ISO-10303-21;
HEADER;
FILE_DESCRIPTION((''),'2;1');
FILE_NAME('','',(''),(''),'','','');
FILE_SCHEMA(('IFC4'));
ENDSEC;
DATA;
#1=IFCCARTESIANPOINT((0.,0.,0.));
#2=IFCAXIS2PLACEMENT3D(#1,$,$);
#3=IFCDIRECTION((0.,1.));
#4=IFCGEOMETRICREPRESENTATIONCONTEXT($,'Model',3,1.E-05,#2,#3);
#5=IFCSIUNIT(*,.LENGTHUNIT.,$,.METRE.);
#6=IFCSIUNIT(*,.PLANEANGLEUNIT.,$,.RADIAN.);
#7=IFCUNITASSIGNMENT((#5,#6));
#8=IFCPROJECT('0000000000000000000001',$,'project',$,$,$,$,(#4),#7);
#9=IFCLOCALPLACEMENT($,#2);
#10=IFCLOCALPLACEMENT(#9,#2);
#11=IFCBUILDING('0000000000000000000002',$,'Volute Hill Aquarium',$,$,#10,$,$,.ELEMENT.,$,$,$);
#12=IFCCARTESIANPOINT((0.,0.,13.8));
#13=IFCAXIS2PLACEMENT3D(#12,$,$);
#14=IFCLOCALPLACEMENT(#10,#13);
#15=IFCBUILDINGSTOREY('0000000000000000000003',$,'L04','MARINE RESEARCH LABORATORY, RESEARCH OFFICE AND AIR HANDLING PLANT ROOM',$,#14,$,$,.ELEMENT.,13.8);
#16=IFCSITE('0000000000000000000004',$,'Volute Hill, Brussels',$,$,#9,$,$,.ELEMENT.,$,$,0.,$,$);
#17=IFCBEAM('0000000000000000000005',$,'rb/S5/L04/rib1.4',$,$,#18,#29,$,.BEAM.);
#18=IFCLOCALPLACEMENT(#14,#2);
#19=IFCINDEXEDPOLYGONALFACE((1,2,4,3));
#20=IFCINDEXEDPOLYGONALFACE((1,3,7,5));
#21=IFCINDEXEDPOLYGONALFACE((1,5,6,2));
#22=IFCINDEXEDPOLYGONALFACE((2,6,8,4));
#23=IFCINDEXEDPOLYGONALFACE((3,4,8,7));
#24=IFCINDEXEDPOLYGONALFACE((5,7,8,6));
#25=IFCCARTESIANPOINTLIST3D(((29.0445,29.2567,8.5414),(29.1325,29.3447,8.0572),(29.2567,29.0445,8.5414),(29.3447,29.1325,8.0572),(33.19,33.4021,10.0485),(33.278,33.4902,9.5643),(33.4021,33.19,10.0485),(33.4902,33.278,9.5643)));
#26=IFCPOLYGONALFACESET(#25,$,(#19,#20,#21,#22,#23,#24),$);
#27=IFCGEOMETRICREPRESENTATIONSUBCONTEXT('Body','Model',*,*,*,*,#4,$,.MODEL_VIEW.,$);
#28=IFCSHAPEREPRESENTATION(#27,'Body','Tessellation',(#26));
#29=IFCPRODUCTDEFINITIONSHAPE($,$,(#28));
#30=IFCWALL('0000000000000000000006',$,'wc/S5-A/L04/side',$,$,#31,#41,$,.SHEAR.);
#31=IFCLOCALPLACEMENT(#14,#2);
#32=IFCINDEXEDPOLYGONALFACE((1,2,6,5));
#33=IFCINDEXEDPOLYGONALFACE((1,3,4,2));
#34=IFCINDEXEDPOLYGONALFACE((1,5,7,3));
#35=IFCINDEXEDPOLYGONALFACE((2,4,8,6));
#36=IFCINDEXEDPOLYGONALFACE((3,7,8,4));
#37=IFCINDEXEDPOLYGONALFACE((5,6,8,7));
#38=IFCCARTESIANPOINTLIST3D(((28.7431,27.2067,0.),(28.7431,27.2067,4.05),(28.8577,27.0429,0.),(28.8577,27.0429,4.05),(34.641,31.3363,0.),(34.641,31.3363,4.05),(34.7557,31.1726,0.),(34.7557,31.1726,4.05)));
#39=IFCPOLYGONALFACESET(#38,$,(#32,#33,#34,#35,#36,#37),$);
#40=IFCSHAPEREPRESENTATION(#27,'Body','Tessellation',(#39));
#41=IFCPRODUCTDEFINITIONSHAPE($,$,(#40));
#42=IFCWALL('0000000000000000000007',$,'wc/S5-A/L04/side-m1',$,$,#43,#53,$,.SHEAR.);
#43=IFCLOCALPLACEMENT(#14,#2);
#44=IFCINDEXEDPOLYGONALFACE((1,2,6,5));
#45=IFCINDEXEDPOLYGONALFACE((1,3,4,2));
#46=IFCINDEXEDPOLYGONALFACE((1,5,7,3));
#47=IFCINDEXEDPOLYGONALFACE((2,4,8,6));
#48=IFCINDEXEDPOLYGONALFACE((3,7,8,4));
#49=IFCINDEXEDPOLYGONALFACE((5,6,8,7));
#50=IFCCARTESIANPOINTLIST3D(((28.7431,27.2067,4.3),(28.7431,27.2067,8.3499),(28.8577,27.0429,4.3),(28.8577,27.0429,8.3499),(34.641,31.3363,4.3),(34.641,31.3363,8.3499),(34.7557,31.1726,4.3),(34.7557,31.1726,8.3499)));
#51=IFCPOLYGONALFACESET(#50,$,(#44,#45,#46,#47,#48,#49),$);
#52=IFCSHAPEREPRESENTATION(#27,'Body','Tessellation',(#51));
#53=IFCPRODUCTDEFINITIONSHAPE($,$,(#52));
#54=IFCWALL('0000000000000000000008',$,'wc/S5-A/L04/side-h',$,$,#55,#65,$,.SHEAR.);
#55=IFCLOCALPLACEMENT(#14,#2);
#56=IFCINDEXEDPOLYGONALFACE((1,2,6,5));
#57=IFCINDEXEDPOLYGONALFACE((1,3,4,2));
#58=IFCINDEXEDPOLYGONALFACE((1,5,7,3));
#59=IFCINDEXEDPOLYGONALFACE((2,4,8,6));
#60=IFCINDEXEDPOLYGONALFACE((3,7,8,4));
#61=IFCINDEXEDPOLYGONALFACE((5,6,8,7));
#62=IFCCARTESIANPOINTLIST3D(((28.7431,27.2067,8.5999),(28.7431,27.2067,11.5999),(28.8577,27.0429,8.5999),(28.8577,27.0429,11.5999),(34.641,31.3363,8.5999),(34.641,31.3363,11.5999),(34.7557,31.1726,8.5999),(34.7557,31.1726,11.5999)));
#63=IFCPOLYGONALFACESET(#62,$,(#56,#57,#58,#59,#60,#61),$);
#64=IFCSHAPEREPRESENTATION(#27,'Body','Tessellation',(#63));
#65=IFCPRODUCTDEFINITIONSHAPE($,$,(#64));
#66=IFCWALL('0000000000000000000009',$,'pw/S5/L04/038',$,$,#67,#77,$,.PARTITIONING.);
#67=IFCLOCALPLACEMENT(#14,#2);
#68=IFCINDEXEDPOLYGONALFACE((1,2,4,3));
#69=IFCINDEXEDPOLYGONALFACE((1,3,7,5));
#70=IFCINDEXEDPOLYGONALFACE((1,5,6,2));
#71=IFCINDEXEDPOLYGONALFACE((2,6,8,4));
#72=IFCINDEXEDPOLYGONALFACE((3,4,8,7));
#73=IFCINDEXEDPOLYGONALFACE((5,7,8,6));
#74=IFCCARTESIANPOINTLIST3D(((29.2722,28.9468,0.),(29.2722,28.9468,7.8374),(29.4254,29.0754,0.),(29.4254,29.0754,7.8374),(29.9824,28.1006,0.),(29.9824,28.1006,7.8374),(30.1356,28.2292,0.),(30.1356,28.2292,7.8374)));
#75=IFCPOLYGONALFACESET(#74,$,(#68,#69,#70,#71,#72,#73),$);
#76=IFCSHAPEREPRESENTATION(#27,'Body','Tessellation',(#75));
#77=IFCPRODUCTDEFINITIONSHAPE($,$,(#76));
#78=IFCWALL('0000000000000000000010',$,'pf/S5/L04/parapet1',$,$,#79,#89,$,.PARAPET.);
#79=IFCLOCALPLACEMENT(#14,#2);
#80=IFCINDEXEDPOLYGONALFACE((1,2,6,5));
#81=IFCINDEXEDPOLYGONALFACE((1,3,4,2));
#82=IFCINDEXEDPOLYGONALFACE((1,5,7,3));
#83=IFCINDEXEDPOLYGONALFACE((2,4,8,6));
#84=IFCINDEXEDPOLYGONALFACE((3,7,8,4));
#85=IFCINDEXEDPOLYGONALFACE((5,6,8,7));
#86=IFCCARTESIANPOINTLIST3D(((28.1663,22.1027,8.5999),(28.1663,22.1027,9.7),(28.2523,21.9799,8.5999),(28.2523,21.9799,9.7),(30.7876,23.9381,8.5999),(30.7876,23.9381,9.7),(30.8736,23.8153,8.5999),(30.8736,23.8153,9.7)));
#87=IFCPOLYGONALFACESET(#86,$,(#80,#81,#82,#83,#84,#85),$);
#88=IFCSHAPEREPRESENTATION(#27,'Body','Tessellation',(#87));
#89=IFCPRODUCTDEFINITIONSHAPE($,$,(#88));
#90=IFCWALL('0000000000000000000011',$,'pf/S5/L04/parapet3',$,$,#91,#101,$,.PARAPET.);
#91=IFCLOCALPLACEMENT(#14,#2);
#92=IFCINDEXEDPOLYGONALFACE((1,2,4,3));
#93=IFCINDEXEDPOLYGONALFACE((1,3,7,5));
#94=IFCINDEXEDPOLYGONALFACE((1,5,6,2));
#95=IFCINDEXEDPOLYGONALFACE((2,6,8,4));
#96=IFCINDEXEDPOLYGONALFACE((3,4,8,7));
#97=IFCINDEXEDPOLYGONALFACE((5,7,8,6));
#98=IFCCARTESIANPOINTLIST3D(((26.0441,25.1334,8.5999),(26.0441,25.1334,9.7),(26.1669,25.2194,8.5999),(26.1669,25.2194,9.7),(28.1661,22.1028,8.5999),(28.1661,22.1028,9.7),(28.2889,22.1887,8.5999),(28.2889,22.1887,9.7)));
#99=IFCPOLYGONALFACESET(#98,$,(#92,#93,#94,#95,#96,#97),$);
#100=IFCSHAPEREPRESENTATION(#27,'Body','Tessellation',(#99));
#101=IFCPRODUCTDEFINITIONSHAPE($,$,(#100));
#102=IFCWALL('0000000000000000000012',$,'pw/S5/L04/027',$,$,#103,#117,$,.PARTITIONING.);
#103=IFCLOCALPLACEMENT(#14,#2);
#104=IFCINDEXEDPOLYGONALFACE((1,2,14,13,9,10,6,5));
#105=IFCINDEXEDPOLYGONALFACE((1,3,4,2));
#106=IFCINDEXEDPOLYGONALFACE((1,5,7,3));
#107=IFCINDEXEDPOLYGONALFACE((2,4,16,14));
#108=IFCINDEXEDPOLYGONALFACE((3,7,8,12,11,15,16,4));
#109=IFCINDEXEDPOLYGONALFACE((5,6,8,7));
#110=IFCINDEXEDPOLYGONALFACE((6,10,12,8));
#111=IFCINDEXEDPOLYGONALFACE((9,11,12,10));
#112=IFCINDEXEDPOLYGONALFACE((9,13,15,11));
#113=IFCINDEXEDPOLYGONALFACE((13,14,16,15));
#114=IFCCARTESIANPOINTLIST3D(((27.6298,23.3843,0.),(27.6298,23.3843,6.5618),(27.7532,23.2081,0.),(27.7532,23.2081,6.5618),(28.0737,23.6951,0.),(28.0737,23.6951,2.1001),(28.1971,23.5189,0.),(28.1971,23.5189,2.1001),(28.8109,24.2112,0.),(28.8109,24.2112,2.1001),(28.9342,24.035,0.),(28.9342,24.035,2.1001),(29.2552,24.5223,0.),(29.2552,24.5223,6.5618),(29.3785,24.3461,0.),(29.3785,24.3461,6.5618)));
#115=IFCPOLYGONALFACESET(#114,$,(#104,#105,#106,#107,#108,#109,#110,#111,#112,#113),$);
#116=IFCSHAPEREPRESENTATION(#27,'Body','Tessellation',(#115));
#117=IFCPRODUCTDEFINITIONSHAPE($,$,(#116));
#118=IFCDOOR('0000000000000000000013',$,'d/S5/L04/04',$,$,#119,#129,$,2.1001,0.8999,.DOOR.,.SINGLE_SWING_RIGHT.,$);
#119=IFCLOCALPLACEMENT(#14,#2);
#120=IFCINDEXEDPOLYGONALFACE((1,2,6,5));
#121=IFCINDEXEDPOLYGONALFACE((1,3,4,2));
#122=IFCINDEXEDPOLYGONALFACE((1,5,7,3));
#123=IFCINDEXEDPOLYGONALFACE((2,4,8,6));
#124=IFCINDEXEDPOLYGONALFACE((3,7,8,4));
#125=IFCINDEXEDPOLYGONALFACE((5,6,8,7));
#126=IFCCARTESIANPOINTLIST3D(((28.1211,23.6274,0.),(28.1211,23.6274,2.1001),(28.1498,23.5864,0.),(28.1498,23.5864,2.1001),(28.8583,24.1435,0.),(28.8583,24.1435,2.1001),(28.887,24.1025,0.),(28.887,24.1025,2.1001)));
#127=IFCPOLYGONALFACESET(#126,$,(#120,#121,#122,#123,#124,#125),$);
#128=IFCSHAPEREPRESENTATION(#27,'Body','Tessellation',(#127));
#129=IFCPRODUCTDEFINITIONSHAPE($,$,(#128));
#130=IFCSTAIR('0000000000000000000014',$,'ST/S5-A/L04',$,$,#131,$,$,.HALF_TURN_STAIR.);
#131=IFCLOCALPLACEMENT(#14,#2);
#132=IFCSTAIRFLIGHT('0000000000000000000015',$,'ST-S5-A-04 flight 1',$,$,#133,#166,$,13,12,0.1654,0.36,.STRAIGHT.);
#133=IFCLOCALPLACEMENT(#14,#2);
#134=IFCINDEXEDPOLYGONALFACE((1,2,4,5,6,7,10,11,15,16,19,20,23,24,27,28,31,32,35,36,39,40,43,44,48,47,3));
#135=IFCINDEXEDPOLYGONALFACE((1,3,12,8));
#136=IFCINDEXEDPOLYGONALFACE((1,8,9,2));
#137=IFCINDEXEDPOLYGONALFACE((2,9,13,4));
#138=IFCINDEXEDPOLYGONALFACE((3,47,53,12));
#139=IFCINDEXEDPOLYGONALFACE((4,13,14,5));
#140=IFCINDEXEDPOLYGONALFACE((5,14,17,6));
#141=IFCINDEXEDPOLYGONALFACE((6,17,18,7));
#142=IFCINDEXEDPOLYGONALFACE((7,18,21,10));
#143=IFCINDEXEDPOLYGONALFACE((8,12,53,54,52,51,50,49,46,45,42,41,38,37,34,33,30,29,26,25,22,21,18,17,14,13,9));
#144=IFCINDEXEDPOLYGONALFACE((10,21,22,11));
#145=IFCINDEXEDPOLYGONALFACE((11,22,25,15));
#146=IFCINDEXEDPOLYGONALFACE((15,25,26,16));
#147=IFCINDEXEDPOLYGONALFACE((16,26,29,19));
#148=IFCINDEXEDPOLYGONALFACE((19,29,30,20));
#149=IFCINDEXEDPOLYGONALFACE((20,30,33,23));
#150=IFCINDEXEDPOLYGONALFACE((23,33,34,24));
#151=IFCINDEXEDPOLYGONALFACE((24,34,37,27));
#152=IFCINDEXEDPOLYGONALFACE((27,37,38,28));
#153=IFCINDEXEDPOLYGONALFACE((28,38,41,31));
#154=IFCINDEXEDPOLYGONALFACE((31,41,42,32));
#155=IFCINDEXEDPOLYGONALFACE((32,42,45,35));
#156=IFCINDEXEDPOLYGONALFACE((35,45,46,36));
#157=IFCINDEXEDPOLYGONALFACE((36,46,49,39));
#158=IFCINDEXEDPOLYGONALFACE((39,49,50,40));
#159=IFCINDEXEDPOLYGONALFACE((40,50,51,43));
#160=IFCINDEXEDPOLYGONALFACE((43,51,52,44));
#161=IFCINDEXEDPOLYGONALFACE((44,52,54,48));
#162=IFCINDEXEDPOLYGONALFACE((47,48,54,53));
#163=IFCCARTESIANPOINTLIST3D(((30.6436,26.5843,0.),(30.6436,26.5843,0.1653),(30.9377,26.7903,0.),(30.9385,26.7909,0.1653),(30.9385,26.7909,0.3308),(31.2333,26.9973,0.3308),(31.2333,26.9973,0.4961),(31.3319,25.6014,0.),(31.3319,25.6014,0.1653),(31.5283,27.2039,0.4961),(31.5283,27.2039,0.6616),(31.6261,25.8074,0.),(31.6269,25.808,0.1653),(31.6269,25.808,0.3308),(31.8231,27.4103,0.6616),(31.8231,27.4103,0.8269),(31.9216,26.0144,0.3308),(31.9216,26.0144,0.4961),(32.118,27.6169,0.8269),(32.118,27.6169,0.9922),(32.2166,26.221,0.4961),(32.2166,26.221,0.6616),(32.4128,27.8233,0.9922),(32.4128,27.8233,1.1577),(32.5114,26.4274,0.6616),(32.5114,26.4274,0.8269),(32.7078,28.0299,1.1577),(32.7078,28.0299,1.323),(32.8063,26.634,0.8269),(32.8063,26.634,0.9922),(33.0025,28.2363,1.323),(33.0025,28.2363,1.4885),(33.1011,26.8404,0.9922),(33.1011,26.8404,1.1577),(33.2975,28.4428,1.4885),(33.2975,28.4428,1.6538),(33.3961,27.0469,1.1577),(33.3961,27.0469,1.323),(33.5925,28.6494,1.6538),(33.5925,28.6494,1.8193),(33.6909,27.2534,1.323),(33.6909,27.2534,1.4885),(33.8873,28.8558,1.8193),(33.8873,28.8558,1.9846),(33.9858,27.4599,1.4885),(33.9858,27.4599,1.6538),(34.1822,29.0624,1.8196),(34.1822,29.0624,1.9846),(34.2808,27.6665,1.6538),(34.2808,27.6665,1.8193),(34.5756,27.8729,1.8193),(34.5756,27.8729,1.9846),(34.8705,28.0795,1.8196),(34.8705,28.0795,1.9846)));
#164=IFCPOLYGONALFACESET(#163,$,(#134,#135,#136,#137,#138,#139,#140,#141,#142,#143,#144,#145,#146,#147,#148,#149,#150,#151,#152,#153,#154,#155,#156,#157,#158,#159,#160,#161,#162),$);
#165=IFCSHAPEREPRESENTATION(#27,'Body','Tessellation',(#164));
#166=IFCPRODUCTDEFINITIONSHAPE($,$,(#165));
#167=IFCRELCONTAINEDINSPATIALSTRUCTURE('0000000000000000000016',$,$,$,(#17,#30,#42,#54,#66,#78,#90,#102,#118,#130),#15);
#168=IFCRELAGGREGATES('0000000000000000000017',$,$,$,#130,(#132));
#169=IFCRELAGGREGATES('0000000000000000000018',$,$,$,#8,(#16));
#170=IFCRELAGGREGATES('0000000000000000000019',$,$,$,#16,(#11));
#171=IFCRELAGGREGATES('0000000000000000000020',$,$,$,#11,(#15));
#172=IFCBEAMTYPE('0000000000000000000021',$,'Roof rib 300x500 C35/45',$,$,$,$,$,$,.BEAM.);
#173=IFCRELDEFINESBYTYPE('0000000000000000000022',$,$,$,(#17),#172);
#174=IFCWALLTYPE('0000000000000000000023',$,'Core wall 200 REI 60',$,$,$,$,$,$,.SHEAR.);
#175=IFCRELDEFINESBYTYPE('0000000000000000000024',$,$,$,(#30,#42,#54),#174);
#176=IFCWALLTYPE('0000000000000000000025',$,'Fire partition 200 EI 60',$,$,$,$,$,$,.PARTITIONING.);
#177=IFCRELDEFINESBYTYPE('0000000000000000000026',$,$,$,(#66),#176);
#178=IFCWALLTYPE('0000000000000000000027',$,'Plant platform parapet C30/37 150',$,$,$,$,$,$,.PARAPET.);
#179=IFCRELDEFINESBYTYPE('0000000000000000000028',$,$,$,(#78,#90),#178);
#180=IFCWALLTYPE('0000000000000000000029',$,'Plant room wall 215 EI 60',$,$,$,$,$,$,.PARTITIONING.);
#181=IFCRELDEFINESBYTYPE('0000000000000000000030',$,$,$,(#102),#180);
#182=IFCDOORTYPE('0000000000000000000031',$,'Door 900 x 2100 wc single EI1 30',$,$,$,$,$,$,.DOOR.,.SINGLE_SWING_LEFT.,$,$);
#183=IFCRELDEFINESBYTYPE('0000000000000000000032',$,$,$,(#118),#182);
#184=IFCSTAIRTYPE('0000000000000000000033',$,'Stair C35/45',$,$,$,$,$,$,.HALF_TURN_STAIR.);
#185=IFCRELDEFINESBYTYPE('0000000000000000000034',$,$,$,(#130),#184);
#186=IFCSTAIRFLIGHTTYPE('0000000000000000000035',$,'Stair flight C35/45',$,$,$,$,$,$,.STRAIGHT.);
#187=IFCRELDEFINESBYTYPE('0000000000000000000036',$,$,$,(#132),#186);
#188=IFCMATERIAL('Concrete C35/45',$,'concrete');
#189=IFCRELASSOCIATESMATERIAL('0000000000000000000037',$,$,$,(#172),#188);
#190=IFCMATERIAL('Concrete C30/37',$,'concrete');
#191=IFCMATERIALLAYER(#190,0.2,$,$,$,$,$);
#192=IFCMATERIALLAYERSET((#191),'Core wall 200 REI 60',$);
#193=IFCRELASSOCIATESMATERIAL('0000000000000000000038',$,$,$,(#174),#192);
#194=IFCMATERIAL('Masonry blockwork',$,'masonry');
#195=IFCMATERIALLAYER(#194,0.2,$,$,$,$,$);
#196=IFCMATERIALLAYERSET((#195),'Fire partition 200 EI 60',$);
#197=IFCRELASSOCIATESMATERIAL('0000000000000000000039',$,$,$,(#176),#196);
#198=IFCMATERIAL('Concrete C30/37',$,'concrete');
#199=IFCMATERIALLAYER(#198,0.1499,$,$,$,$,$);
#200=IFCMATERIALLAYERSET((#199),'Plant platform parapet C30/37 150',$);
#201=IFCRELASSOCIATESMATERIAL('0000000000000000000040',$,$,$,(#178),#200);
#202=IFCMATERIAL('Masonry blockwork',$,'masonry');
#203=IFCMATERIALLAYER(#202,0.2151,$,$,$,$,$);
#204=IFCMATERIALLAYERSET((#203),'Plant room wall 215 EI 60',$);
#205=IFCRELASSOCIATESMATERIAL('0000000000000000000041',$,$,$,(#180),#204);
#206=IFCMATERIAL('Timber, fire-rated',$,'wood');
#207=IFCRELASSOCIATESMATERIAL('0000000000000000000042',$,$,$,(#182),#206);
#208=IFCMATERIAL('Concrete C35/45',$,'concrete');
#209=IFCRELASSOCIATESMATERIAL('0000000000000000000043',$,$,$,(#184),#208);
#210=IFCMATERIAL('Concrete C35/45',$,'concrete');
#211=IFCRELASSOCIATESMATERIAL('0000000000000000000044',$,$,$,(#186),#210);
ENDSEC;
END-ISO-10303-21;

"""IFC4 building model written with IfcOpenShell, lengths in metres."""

from ifc_helpers import new_model, si_unit, direction, frame, frame_2d, origin, origin_2d, place, context, subcontext, project, spatial, polyline, rectangle, outline, extrude, material, layer, layer_set, material_profile, profile_set, type_object, element, fill, aggregate, save


model = new_model("IFC4")

# Units and contexts
model_context = context("Model", 3, precision=1e-05, world=origin(), true_north=direction((0.0, 1.0)))
body_context = subcontext(model_context, "Body", "Model", "MODEL_VIEW")
ifc_project = project(units=[si_unit("LENGTHUNIT", "METRE"), si_unit("PLANEANGLEUNIT", "RADIAN")], contexts=[model_context])

# Site, building, storey
site_placement = place(None, origin())
site = spatial("IfcSite", under=ifc_project, at=site_placement, Name="Volute Hill, Brussels", CompositionType="ELEMENT", RefElevation=0.0)
building_placement = place(site_placement, origin())
building = spatial("IfcBuilding", under=site, at=building_placement, Name="Volute Hill Aquarium", CompositionType="ELEMENT")
storey_placement = place(building_placement, frame((0.0, 0.0, 13.8)))
storey = spatial("IfcBuildingStorey", under=building, at=storey_placement, Name="L04", Description="MARINE RESEARCH LABORATORY, RESEARCH OFFICE AND AIR HANDLING PLANT ROOM", CompositionType="ELEMENT", Elevation=13.8)

# Beam
ifc_material_1 = material(Name="Concrete C35/45", Category="concrete")
ifc_material_profile_1 = material_profile(ifc_material_1, rectangle(XDim=0.3, YDim=0.5, at=origin_2d()), Name="RC rib 300x500")
ifc_profile_set_1 = profile_set([ifc_material_profile_1], Name="Concrete C35/45")
beam_type_1 = type_object("IfcBeamType", Name="Roof rib 300x500 C35/45", PredefinedType="BEAM", material=ifc_profile_set_1)
beam_1_placement = place(storey_placement, frame((29.1946, 29.1946, 8.2993), z_axis=(0.684841, 0.684841, 0.248971), x_axis=(-0.707107, 0.707107, 0.0)))
element("IfcBeam", 1, at=beam_1_placement, inside=storey, type_object=beam_type_1, Name="rb/S5/L04/rib1.4", PredefinedType="BEAM", context=body_context, shape_type="SweptSolid", body=[
    extrude(rectangle(XDim=0.3, YDim=0.5, at=origin_2d()), origin(), (0.0, 0.0, 1.0), 6.0532),
])

# Walls
ifc_material_2 = material(Name="Concrete C30/37", Category="concrete")
ifc_layer_1 = layer(ifc_material_2, 0.2)
ifc_layer_set_1 = layer_set([ifc_layer_1], Name="Core wall 200 REI 60")
wall_type_1 = type_object("IfcWallType", Name="Core wall 200 REI 60", PredefinedType="SHEAR", material=ifc_layer_set_1)
wall_1_placement = place(storey_placement, frame((28.8003, 27.1248, 0.0), z_axis=(0.0, 0.0, 1.0), x_axis=(0.819162, 0.573562, 0.0)))
element("IfcWall", 2, at=wall_1_placement, inside=storey, type_object=wall_type_1, Name="wc/S5-A/L04/side", PredefinedType="SHEAR", context=body_context, shape_type="SweptSolid", body=[
    extrude(rectangle(XDim=7.2, YDim=0.2, at=frame_2d((3.6001, 0.0))), origin(), (0.0, 0.0, 1.0), 4.05),
])
wall_2_placement = place(storey_placement, frame((28.8003, 27.1248, 4.3), z_axis=(0.0, 0.0, 1.0), x_axis=(0.819162, 0.573562, 0.0)))
element("IfcWall", 3, at=wall_2_placement, inside=storey, type_object=wall_type_1, Name="wc/S5-A/L04/side-m1", PredefinedType="SHEAR", context=body_context, shape_type="SweptSolid", body=[
    extrude(rectangle(XDim=7.2, YDim=0.2, at=frame_2d((3.6001, 0.0))), origin(), (0.0, 0.0, 1.0), 4.0498),
])
wall_3_placement = place(storey_placement, frame((28.8003, 27.1248, 8.5999), z_axis=(0.0, 0.0, 1.0), x_axis=(0.819162, 0.573562, 0.0)))
element("IfcWall", 4, at=wall_3_placement, inside=storey, type_object=wall_type_1, Name="wc/S5-A/L04/side-h", PredefinedType="SHEAR", context=body_context, shape_type="SweptSolid", body=[
    extrude(rectangle(XDim=7.2, YDim=0.2, at=frame_2d((3.6001, 0.0))), origin(), (0.0, 0.0, 1.0), 3.0),
])
ifc_material_3 = material(Name="Masonry blockwork", Category="masonry")
ifc_layer_2 = layer(ifc_material_3, 0.2)
ifc_layer_set_2 = layer_set([ifc_layer_2], Name="Fire partition 200 EI 60")
wall_type_2 = type_object("IfcWallType", Name="Fire partition 200 EI 60", PredefinedType="PARTITIONING", material=ifc_layer_set_2)
wall_4_placement = place(storey_placement, frame((29.3489, 29.011, 0.0), z_axis=(0.0, 0.0, 1.0), x_axis=(0.642876, -0.76597, 0.0)))
element("IfcWall", 5, at=wall_4_placement, inside=storey, type_object=wall_type_2, Name="pw/S5/L04/038", PredefinedType="PARTITIONING", context=body_context, shape_type="SweptSolid", body=[
    extrude(rectangle(XDim=1.1047, YDim=0.2, at=frame_2d((0.5522, 0.0))), origin(), (0.0, 0.0, 1.0), 7.8374),
])
ifc_material_4 = material(Name="Concrete C30/37", Category="concrete")
ifc_layer_3 = layer(ifc_material_4, 0.1499)
ifc_layer_set_3 = layer_set([ifc_layer_3], Name="Plant platform parapet C30/37 150")
wall_type_3 = type_object("IfcWallType", Name="Plant platform parapet C30/37 150", PredefinedType="PARAPET", material=ifc_layer_set_3)
wall_5_placement = place(storey_placement, frame((28.2092, 22.0413, 8.5999), z_axis=(0.0, 0.0, 1.0), x_axis=(0.819157, 0.57357, 0.0)))
element("IfcWall", 6, at=wall_5_placement, inside=storey, type_object=wall_type_3, Name="pf/S5/L04/parapet1", PredefinedType="PARAPET", context=body_context, shape_type="SweptSolid", body=[
    extrude(rectangle(XDim=3.2, YDim=0.1499, at=frame_2d((1.6001, 0.0))), origin(), (0.0, 0.0, 1.0), 1.1001),
])
wall_6_placement = place(storey_placement, frame((28.2275, 22.1458, 8.5999), z_axis=(0.0, 0.0, 1.0), x_axis=(-0.57356, 0.819164, 0.0)))
element("IfcWall", 7, at=wall_6_placement, inside=storey, type_object=wall_type_3, Name="pf/S5/L04/parapet3", PredefinedType="PARAPET", context=body_context, shape_type="SweptSolid", body=[
    extrude(rectangle(XDim=3.6997, YDim=0.1499, at=frame_2d((1.8499, 0.0))), origin(), (0.0, 0.0, 1.0), 1.1001),
])

# Wall, opening, door
ifc_material_5 = material(Name="Masonry blockwork", Category="masonry")
ifc_layer_4 = layer(ifc_material_5, 0.2151)
ifc_layer_set_4 = layer_set([ifc_layer_4], Name="Plant room wall 215 EI 60")
wall_type_4 = type_object("IfcWallType", Name="Plant room wall 215 EI 60", PredefinedType="PARTITIONING", material=ifc_layer_set_4)
wall_7_placement = place(storey_placement, frame((27.6914, 23.2961, 0.0), z_axis=(0.0, 0.0, 1.0), x_axis=(0.819168, 0.573553, 0.0)))
wall_7 = element("IfcWall", 8, at=wall_7_placement, inside=storey, type_object=wall_type_4, Name="pw/S5/L04/027", PredefinedType="PARTITIONING", context=body_context, shape_type="SweptSolid", body=[
    extrude(rectangle(XDim=1.9841, YDim=0.2151, at=frame_2d((0.9922, 0.0))), origin(), (0.0, 0.0, 1.0), 6.5618),
])
opening_placement = place(wall_7_placement, frame((0.542, 0.0, 0.0)))
opening = element("IfcOpeningElement", 9, at=opening_placement, cuts=wall_7, PredefinedType="OPENING", context=body_context, shape_type="SweptSolid", body=[
    extrude(rectangle(XDim=0.8999, YDim=2.1001, at=frame_2d((0.45, 1.05))), frame((0.0, 0.1174, 0.0), z_axis=(0.0, -1.0, 0.0), x_axis=(1.0, 0.0, 0.0)), (0.0, 0.0, 1.0), 0.2351),
])
ifc_material_6 = material(Name="Timber, fire-rated", Category="wood")
door_type = type_object("IfcDoorType", Name="Door 900 x 2100 wc single EI1 30", OperationType="SINGLE_SWING_LEFT", PredefinedType="DOOR", material=ifc_material_6)
door_placement = place(opening_placement, origin())
door = element("IfcDoor", 10, at=door_placement, inside=storey, type_object=door_type, Name="d/S5/L04/04", OperationType="SINGLE_SWING_RIGHT", OverallHeight=2.1001, OverallWidth=0.8999, PredefinedType="DOOR", context=body_context, shape_type="SweptSolid", body=[
    extrude(rectangle(XDim=0.8999, YDim=2.1001, at=frame_2d((0.45, 1.05))), frame((0.0, 0.0249, 0.0), z_axis=(0.0, -1.0, 0.0), x_axis=(1.0, 0.0, 0.0)), (0.0, 0.0, 1.0), 0.05),
])
fill(opening, door)

# Stair, stair flight
ifc_material_7 = material(Name="Concrete C35/45", Category="concrete")
stair_type = type_object("IfcStairType", Name="Stair C35/45", PredefinedType="HALF_TURN_STAIR", material=ifc_material_7)
stair_1_placement = place(storey_placement, origin())
stair_1 = element("IfcStair", 11, at=stair_1_placement, inside=storey, type_object=stair_type, Name="ST/S5-A/L04", PredefinedType="HALF_TURN_STAIR")
ifc_material_8 = material(Name="Concrete C35/45", Category="concrete")
stair_flight_type = type_object("IfcStairFlightType", Name="Stair flight C35/45", PredefinedType="STRAIGHT", material=ifc_material_8)
stair_flight_1_placement = place(storey_placement, frame((30.9878, 26.0928, 0.0), z_axis=(0.0, 0.0, 1.0), x_axis=(0.819124, 0.573617, 0.0)))
stair_flight_1 = element("IfcStairFlight", 12, at=stair_flight_1_placement, type_object=stair_flight_type, Name="ST-S5-A-04 flight 1", NumberOfRisers=13, NumberOfTreads=12, PredefinedType="STRAIGHT", RiserHeight=0.1654, TreadLength=0.36, context=body_context, shape_type="SweptSolid", body=[
    extrude(outline(polyline([(0.0, 0.0), (0.0, 0.1653), (0.3601, 0.1653), (0.3601, 0.3308), (0.72, 0.3308), (0.72, 0.4961), (1.0801, 0.4961), (1.0801, 0.6616), (1.4399, 0.6616), (1.4399, 0.8269), (1.8, 0.8269), (1.8, 0.9922), (2.1599, 0.9922), (2.1599, 1.1577), (2.52, 1.1577), (2.52, 1.323), (2.8799, 1.323), (2.8799, 1.4885), (3.24, 1.4885), (3.24, 1.6538), (3.6001, 1.6538), (3.6001, 1.8193), (3.96, 1.8193), (3.96, 1.9846), (4.3201, 1.9846), (4.3201, 2.1499), (4.3201, 1.8196), (0.3591, 0.0), (0.0, 0.0)])), frame((0.0, 0.6001, 0.0), z_axis=(0.0, -1.0, 0.0), x_axis=(1.0, 0.0, 0.0)), (0.0, 0.0, 1.0), 1.2),
])
aggregate(stair_1, [stair_flight_1])

save(model, "model.ifc")
